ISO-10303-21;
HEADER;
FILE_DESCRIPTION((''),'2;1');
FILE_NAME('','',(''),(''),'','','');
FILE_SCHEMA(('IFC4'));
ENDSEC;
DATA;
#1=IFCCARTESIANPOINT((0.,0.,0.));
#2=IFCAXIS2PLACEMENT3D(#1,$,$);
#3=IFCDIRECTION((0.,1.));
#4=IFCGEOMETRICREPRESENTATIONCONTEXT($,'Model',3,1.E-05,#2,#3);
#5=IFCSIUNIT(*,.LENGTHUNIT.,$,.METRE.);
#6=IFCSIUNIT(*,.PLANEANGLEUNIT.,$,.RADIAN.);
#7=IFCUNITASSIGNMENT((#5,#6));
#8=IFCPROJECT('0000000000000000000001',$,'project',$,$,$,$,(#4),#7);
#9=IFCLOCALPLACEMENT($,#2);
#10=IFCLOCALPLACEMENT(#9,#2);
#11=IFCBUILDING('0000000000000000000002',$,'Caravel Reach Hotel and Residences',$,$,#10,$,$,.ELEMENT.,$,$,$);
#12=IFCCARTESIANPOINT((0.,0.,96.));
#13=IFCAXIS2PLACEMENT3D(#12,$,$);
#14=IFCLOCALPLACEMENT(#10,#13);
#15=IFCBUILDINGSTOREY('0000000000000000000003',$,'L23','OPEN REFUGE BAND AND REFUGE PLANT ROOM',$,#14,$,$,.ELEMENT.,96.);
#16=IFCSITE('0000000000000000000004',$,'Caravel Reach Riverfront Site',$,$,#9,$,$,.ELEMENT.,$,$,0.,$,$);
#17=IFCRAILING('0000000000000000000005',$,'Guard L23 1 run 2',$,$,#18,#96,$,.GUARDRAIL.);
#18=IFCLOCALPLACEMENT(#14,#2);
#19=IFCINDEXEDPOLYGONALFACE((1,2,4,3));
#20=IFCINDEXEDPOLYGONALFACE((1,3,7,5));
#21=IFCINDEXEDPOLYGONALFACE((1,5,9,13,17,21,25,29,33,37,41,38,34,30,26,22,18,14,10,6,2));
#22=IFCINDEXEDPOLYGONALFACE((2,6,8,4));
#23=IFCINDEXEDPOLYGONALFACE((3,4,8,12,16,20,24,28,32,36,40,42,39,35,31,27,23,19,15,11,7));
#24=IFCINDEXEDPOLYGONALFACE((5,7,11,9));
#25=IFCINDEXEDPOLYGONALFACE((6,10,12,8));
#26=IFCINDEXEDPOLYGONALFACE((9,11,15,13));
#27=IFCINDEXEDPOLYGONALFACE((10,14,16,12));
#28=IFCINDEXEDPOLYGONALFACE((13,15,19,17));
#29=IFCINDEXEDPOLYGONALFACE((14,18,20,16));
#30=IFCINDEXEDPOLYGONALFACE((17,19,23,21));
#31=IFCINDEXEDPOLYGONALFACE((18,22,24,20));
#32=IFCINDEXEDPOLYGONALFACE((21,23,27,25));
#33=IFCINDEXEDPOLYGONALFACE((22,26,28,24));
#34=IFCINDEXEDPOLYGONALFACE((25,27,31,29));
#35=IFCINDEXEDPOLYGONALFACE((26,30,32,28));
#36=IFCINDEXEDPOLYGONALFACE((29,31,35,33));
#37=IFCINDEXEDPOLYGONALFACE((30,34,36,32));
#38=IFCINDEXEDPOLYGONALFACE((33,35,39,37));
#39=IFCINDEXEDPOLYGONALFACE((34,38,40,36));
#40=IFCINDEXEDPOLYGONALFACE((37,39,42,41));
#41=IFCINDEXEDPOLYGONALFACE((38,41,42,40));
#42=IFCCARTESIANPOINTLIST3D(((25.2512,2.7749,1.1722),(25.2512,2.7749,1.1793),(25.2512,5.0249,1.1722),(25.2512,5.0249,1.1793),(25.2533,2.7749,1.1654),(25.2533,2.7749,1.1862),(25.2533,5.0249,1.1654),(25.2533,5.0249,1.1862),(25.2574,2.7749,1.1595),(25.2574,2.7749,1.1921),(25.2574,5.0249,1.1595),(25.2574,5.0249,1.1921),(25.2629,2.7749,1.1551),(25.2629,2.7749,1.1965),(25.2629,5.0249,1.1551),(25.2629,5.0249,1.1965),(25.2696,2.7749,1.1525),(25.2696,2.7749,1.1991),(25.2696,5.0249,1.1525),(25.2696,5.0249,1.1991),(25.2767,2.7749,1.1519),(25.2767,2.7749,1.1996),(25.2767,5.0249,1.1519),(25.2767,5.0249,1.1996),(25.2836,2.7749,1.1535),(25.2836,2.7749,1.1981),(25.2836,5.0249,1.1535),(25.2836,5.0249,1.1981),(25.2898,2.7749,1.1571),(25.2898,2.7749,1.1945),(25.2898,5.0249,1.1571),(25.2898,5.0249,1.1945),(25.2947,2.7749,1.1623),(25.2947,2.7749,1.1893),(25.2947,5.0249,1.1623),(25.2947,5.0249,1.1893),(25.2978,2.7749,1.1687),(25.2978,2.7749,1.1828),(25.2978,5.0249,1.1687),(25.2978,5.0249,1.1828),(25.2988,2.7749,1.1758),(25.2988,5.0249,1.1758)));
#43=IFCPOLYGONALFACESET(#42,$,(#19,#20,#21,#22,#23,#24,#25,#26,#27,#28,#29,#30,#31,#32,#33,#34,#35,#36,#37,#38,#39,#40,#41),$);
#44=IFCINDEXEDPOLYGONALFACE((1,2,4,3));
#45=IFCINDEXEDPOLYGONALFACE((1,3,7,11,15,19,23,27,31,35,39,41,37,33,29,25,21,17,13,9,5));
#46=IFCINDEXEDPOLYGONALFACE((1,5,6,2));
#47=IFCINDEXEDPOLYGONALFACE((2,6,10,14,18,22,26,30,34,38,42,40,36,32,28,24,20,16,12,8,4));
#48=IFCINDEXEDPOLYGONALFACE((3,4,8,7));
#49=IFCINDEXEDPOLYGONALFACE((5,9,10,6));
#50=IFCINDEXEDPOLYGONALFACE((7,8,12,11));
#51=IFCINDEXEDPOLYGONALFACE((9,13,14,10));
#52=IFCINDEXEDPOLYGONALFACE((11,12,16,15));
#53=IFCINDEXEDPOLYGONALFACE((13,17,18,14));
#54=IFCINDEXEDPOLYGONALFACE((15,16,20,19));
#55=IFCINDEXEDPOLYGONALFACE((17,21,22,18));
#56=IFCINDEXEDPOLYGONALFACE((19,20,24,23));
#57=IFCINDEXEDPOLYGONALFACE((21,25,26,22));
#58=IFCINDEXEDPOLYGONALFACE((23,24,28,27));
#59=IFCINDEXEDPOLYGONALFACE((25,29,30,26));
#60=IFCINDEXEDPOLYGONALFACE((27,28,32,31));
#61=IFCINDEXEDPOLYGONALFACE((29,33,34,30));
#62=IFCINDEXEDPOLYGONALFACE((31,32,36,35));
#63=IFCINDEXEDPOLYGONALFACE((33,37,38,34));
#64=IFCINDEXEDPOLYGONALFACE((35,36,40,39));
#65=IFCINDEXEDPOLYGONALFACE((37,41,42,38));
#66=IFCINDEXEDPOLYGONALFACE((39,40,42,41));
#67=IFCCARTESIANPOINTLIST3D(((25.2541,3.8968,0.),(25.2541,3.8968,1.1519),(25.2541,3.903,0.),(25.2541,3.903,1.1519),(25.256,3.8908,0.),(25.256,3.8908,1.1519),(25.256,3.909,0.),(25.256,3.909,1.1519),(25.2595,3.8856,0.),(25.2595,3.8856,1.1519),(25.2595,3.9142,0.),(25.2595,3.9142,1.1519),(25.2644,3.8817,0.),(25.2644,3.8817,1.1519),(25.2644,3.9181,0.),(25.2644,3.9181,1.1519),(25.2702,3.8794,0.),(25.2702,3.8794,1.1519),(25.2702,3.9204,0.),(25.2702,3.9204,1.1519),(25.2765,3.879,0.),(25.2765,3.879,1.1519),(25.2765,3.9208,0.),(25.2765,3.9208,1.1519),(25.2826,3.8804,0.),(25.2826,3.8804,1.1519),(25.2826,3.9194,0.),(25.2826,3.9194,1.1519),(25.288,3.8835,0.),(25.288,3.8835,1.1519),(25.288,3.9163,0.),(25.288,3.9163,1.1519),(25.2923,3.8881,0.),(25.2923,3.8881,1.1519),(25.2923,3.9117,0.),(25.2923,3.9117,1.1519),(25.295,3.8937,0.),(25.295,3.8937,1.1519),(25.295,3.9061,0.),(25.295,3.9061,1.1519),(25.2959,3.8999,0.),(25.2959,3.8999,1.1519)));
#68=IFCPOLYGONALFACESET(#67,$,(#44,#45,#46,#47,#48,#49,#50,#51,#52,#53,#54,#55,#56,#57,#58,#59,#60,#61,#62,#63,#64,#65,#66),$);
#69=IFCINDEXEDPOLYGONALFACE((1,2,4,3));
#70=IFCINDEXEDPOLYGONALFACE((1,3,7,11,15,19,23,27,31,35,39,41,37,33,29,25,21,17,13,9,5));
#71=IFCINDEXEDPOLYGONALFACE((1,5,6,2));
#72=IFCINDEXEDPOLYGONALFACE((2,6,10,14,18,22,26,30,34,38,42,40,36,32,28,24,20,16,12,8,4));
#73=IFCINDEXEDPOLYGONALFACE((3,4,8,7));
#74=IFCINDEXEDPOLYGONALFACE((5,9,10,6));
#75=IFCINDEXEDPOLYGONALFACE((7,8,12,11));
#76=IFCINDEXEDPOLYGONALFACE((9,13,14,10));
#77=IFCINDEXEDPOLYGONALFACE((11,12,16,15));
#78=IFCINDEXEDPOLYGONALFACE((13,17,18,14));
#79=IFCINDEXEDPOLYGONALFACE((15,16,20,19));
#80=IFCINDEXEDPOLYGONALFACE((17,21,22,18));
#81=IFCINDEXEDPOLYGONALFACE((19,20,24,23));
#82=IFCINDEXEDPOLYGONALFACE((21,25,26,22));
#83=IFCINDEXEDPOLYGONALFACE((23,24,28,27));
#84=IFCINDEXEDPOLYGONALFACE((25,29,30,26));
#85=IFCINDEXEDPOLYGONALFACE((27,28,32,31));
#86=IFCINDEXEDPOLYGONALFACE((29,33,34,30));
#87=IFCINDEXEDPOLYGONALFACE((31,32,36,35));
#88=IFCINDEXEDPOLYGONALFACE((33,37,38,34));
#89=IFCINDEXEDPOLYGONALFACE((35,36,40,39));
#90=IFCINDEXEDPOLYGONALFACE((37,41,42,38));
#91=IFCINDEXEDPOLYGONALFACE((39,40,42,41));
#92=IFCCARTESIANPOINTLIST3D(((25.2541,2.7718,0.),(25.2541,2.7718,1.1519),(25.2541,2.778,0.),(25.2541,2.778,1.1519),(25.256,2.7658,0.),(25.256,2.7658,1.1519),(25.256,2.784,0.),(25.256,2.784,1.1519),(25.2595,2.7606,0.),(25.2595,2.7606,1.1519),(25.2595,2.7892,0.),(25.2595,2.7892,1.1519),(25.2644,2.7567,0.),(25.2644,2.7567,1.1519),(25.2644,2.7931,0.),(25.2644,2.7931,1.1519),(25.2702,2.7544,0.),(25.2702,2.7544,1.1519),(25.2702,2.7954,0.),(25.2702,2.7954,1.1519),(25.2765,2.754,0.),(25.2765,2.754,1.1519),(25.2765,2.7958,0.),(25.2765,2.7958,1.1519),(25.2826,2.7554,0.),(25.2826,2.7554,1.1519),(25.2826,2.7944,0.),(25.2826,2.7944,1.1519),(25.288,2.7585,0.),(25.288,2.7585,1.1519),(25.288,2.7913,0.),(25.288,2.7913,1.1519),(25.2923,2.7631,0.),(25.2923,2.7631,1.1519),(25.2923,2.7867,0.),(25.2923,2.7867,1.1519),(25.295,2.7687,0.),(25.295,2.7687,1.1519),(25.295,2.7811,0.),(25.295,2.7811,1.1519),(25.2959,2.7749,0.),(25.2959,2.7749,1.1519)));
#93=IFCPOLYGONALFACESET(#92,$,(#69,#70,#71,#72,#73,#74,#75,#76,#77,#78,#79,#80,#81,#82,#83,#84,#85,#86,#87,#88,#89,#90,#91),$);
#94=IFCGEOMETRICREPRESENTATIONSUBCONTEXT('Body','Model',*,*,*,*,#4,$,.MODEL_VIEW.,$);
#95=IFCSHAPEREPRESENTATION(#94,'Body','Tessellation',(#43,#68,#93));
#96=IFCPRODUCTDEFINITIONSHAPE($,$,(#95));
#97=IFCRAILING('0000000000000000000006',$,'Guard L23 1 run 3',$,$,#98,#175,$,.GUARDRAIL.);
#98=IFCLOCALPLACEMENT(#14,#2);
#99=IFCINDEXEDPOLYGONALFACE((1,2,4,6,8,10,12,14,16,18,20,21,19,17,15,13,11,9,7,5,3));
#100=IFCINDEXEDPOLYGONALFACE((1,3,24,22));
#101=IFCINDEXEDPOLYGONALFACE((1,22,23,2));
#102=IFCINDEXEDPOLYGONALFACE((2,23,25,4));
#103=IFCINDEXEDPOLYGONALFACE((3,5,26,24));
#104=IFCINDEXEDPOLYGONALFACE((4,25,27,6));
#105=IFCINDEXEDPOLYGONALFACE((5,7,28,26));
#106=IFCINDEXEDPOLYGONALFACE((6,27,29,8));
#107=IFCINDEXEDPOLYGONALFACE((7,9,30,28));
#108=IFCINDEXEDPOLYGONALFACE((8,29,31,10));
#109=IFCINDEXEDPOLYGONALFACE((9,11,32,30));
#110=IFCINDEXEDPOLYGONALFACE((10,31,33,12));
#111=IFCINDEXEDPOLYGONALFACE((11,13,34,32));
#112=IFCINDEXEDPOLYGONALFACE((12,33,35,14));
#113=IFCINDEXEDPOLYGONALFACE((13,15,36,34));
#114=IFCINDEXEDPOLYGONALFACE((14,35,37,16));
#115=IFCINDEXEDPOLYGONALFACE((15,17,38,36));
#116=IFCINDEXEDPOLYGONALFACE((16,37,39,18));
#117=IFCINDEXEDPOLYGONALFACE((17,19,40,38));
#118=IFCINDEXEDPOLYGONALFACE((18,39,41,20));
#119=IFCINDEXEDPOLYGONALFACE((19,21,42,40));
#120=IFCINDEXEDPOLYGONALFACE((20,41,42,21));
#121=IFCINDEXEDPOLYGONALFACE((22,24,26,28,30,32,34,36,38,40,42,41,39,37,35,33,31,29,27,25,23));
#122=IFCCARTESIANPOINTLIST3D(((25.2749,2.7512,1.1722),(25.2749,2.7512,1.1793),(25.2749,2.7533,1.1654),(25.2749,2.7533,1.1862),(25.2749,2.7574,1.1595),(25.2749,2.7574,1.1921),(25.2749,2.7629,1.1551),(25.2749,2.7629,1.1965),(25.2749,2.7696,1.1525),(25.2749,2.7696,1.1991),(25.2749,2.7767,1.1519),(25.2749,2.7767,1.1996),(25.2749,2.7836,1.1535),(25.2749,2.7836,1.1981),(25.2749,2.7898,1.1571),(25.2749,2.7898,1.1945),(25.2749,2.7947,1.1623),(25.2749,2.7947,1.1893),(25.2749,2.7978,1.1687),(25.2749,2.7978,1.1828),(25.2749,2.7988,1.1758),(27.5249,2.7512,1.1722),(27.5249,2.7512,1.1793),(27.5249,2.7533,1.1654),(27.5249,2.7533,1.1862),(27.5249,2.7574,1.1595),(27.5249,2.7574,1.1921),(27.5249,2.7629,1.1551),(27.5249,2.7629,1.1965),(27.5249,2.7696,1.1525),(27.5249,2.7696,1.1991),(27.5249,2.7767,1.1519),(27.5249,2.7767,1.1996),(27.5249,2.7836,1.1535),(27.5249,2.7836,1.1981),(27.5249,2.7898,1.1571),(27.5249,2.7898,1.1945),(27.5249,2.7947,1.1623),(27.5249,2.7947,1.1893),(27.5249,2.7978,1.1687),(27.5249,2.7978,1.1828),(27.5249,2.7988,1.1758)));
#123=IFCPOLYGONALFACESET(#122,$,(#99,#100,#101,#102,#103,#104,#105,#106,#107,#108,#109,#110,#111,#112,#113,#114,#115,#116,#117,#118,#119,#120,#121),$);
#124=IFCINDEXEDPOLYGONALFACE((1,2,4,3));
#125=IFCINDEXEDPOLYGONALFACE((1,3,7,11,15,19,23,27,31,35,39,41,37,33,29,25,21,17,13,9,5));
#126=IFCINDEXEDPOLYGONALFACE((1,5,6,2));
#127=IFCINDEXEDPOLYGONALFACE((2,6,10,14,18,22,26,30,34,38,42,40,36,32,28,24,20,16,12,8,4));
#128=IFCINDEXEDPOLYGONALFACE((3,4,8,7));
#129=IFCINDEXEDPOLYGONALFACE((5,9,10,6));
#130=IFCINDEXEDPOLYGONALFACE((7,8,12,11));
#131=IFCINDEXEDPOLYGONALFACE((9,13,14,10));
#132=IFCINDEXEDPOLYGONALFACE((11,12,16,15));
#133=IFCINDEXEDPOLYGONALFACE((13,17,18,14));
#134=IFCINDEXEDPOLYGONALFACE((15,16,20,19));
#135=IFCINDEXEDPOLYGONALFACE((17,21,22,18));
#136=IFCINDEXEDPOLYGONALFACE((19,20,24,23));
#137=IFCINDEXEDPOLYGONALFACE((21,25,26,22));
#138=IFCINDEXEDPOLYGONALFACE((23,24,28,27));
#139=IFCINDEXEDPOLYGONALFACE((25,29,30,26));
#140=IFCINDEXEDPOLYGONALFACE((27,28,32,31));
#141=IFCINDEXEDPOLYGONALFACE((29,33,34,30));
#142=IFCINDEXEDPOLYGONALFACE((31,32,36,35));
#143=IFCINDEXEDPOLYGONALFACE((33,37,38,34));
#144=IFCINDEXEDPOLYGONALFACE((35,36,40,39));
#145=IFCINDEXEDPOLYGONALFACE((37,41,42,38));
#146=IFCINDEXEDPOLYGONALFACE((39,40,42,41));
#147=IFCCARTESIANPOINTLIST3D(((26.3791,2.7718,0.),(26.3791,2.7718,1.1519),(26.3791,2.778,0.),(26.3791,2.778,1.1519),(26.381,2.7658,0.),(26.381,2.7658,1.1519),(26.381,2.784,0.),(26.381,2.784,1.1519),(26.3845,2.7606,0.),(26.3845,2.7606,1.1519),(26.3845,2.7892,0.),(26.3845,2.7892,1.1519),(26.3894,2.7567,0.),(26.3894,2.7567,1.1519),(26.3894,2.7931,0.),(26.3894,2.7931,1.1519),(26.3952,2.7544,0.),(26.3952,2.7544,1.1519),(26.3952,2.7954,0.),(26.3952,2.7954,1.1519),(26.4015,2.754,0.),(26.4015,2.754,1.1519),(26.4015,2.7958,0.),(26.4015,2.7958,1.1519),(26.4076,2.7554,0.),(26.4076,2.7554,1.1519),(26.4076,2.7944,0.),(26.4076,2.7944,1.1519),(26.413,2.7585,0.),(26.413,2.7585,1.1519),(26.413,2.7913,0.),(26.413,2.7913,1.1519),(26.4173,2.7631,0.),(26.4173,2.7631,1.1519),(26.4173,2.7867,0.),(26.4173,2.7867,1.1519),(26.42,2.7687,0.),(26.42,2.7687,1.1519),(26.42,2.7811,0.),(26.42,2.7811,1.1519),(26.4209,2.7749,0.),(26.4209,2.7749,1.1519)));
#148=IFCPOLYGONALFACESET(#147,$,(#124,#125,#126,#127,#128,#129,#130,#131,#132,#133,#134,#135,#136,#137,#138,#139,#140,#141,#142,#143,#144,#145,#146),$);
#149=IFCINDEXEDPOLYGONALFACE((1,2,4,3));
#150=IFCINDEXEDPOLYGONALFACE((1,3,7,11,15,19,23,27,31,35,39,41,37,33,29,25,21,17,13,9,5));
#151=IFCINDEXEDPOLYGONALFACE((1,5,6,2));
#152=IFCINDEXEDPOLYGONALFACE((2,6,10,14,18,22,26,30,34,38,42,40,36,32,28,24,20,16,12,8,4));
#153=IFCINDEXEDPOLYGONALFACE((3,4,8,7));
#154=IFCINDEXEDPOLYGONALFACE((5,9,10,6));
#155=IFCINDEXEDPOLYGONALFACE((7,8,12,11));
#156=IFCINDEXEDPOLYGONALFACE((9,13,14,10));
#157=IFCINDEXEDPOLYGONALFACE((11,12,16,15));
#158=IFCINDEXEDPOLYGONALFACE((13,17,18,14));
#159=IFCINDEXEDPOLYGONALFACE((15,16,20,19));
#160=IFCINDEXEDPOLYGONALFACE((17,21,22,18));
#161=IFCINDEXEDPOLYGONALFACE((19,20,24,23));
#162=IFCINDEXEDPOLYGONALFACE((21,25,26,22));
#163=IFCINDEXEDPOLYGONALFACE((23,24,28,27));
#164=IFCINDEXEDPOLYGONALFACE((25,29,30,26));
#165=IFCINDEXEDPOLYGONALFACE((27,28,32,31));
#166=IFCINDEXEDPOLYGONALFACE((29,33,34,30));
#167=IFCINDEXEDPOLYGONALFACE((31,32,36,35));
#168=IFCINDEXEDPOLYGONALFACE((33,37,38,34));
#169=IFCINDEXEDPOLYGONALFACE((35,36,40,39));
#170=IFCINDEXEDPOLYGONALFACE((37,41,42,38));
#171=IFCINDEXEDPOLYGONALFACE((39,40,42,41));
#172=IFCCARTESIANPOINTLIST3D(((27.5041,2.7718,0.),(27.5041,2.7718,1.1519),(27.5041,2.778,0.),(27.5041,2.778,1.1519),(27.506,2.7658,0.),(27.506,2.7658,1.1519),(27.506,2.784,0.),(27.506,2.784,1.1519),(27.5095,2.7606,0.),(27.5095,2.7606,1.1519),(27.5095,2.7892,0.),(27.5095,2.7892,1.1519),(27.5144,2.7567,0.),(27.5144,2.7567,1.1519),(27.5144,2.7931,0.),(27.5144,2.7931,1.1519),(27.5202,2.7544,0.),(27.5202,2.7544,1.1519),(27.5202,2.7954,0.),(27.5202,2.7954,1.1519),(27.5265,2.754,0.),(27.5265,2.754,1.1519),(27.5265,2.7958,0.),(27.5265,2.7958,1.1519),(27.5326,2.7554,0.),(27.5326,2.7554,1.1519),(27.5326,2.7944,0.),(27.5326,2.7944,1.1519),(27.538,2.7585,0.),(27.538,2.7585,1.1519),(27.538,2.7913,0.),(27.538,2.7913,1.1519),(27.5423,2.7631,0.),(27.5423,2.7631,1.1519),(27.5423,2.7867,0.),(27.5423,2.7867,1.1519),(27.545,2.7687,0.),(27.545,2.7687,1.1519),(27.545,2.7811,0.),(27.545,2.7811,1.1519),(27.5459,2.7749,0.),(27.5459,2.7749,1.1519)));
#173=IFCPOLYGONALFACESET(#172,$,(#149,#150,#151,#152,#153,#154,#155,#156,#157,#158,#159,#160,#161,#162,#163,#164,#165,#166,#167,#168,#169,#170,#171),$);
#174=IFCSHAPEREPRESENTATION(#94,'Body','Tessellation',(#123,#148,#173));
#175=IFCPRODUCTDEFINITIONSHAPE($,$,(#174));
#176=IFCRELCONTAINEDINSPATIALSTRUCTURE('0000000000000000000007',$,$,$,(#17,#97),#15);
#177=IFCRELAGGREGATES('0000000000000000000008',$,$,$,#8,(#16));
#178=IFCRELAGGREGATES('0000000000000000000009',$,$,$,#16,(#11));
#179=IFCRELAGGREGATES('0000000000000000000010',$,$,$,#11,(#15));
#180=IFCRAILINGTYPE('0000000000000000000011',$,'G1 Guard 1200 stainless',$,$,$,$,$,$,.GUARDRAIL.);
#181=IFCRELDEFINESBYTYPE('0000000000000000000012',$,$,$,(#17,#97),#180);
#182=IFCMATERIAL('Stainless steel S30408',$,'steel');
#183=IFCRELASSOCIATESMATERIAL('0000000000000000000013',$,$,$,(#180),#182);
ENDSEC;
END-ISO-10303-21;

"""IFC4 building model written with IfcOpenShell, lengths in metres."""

from ifc_helpers import new_model, si_unit, direction, frame, origin, origin_2d, place, context, subcontext, project, spatial, circle, extrude, material, type_object, element, save


model = new_model("IFC4")

# Units and contexts
model_context = context("Model", 3, precision=1e-05, world=origin(), true_north=direction((0.0, 1.0)))
body_context = subcontext(model_context, "Body", "Model", "MODEL_VIEW")
ifc_project = project(units=[si_unit("LENGTHUNIT", "METRE"), si_unit("PLANEANGLEUNIT", "RADIAN")], contexts=[model_context])

# Site, building, storey
site_placement = place(None, origin())
site = spatial("IfcSite", under=ifc_project, at=site_placement, Name="Caravel Reach Riverfront Site", CompositionType="ELEMENT", RefElevation=0.0)
building_placement = place(site_placement, origin())
building = spatial("IfcBuilding", under=site, at=building_placement, Name="Caravel Reach Hotel and Residences", CompositionType="ELEMENT")
storey_placement = place(building_placement, frame((0.0, 0.0, 96.0)))
storey = spatial("IfcBuildingStorey", under=building, at=storey_placement, Name="L23", Description="OPEN REFUGE BAND AND REFUGE PLANT ROOM", CompositionType="ELEMENT", Elevation=96.0)

# Railings
ifc_material_1 = material(Name="Stainless steel S30408", Category="steel")
railing_type = type_object("IfcRailingType", Name="G1 Guard 1200 stainless", PredefinedType="GUARDRAIL", material=ifc_material_1)
railing_1_placement = place(storey_placement, frame((25.2749, 5.0249, 0.0)))
element("IfcRailing", 1, at=railing_1_placement, inside=storey, type_object=railing_type, Name="Guard L23 1 run 2", PredefinedType="GUARDRAIL", context=body_context, shape_type="SweptSolid", body=[
    extrude(circle(Radius=0.0239, at=origin_2d()), frame((0.0, 0.0, 1.1758), z_axis=(0.0, -1.0, 0.0), x_axis=(1.0, 0.0, 0.0)), (0.0, 0.0, 1.0), 2.25),
    extrude(circle(Radius=0.021, at=origin_2d()), frame((0.0, -1.125, 0.0)), (0.0, 0.0, 1.0), 1.1519),
    extrude(circle(Radius=0.021, at=origin_2d()), frame((0.0, -2.25, 0.0)), (0.0, 0.0, 1.0), 1.1519),
])
railing_2_placement = place(storey_placement, frame((25.2749, 2.7749, 0.0)))
element("IfcRailing", 2, at=railing_2_placement, inside=storey, type_object=railing_type, Name="Guard L23 1 run 3", PredefinedType="GUARDRAIL", context=body_context, shape_type="SweptSolid", body=[
    extrude(circle(Radius=0.0239, at=origin_2d()), frame((0.0, 0.0, 1.1758), z_axis=(1.0, 0.0, 0.0), x_axis=(0.0, 1.0, 0.0)), (0.0, 0.0, 1.0), 2.25),
    extrude(circle(Radius=0.021, at=origin_2d()), frame((1.125, 0.0, 0.0)), (0.0, 0.0, 1.0), 1.1519),
    extrude(circle(Radius=0.021, at=origin_2d()), frame((2.25, 0.0, 0.0)), (0.0, 0.0, 1.0), 1.1519),
])

save(model, "model.ifc")
